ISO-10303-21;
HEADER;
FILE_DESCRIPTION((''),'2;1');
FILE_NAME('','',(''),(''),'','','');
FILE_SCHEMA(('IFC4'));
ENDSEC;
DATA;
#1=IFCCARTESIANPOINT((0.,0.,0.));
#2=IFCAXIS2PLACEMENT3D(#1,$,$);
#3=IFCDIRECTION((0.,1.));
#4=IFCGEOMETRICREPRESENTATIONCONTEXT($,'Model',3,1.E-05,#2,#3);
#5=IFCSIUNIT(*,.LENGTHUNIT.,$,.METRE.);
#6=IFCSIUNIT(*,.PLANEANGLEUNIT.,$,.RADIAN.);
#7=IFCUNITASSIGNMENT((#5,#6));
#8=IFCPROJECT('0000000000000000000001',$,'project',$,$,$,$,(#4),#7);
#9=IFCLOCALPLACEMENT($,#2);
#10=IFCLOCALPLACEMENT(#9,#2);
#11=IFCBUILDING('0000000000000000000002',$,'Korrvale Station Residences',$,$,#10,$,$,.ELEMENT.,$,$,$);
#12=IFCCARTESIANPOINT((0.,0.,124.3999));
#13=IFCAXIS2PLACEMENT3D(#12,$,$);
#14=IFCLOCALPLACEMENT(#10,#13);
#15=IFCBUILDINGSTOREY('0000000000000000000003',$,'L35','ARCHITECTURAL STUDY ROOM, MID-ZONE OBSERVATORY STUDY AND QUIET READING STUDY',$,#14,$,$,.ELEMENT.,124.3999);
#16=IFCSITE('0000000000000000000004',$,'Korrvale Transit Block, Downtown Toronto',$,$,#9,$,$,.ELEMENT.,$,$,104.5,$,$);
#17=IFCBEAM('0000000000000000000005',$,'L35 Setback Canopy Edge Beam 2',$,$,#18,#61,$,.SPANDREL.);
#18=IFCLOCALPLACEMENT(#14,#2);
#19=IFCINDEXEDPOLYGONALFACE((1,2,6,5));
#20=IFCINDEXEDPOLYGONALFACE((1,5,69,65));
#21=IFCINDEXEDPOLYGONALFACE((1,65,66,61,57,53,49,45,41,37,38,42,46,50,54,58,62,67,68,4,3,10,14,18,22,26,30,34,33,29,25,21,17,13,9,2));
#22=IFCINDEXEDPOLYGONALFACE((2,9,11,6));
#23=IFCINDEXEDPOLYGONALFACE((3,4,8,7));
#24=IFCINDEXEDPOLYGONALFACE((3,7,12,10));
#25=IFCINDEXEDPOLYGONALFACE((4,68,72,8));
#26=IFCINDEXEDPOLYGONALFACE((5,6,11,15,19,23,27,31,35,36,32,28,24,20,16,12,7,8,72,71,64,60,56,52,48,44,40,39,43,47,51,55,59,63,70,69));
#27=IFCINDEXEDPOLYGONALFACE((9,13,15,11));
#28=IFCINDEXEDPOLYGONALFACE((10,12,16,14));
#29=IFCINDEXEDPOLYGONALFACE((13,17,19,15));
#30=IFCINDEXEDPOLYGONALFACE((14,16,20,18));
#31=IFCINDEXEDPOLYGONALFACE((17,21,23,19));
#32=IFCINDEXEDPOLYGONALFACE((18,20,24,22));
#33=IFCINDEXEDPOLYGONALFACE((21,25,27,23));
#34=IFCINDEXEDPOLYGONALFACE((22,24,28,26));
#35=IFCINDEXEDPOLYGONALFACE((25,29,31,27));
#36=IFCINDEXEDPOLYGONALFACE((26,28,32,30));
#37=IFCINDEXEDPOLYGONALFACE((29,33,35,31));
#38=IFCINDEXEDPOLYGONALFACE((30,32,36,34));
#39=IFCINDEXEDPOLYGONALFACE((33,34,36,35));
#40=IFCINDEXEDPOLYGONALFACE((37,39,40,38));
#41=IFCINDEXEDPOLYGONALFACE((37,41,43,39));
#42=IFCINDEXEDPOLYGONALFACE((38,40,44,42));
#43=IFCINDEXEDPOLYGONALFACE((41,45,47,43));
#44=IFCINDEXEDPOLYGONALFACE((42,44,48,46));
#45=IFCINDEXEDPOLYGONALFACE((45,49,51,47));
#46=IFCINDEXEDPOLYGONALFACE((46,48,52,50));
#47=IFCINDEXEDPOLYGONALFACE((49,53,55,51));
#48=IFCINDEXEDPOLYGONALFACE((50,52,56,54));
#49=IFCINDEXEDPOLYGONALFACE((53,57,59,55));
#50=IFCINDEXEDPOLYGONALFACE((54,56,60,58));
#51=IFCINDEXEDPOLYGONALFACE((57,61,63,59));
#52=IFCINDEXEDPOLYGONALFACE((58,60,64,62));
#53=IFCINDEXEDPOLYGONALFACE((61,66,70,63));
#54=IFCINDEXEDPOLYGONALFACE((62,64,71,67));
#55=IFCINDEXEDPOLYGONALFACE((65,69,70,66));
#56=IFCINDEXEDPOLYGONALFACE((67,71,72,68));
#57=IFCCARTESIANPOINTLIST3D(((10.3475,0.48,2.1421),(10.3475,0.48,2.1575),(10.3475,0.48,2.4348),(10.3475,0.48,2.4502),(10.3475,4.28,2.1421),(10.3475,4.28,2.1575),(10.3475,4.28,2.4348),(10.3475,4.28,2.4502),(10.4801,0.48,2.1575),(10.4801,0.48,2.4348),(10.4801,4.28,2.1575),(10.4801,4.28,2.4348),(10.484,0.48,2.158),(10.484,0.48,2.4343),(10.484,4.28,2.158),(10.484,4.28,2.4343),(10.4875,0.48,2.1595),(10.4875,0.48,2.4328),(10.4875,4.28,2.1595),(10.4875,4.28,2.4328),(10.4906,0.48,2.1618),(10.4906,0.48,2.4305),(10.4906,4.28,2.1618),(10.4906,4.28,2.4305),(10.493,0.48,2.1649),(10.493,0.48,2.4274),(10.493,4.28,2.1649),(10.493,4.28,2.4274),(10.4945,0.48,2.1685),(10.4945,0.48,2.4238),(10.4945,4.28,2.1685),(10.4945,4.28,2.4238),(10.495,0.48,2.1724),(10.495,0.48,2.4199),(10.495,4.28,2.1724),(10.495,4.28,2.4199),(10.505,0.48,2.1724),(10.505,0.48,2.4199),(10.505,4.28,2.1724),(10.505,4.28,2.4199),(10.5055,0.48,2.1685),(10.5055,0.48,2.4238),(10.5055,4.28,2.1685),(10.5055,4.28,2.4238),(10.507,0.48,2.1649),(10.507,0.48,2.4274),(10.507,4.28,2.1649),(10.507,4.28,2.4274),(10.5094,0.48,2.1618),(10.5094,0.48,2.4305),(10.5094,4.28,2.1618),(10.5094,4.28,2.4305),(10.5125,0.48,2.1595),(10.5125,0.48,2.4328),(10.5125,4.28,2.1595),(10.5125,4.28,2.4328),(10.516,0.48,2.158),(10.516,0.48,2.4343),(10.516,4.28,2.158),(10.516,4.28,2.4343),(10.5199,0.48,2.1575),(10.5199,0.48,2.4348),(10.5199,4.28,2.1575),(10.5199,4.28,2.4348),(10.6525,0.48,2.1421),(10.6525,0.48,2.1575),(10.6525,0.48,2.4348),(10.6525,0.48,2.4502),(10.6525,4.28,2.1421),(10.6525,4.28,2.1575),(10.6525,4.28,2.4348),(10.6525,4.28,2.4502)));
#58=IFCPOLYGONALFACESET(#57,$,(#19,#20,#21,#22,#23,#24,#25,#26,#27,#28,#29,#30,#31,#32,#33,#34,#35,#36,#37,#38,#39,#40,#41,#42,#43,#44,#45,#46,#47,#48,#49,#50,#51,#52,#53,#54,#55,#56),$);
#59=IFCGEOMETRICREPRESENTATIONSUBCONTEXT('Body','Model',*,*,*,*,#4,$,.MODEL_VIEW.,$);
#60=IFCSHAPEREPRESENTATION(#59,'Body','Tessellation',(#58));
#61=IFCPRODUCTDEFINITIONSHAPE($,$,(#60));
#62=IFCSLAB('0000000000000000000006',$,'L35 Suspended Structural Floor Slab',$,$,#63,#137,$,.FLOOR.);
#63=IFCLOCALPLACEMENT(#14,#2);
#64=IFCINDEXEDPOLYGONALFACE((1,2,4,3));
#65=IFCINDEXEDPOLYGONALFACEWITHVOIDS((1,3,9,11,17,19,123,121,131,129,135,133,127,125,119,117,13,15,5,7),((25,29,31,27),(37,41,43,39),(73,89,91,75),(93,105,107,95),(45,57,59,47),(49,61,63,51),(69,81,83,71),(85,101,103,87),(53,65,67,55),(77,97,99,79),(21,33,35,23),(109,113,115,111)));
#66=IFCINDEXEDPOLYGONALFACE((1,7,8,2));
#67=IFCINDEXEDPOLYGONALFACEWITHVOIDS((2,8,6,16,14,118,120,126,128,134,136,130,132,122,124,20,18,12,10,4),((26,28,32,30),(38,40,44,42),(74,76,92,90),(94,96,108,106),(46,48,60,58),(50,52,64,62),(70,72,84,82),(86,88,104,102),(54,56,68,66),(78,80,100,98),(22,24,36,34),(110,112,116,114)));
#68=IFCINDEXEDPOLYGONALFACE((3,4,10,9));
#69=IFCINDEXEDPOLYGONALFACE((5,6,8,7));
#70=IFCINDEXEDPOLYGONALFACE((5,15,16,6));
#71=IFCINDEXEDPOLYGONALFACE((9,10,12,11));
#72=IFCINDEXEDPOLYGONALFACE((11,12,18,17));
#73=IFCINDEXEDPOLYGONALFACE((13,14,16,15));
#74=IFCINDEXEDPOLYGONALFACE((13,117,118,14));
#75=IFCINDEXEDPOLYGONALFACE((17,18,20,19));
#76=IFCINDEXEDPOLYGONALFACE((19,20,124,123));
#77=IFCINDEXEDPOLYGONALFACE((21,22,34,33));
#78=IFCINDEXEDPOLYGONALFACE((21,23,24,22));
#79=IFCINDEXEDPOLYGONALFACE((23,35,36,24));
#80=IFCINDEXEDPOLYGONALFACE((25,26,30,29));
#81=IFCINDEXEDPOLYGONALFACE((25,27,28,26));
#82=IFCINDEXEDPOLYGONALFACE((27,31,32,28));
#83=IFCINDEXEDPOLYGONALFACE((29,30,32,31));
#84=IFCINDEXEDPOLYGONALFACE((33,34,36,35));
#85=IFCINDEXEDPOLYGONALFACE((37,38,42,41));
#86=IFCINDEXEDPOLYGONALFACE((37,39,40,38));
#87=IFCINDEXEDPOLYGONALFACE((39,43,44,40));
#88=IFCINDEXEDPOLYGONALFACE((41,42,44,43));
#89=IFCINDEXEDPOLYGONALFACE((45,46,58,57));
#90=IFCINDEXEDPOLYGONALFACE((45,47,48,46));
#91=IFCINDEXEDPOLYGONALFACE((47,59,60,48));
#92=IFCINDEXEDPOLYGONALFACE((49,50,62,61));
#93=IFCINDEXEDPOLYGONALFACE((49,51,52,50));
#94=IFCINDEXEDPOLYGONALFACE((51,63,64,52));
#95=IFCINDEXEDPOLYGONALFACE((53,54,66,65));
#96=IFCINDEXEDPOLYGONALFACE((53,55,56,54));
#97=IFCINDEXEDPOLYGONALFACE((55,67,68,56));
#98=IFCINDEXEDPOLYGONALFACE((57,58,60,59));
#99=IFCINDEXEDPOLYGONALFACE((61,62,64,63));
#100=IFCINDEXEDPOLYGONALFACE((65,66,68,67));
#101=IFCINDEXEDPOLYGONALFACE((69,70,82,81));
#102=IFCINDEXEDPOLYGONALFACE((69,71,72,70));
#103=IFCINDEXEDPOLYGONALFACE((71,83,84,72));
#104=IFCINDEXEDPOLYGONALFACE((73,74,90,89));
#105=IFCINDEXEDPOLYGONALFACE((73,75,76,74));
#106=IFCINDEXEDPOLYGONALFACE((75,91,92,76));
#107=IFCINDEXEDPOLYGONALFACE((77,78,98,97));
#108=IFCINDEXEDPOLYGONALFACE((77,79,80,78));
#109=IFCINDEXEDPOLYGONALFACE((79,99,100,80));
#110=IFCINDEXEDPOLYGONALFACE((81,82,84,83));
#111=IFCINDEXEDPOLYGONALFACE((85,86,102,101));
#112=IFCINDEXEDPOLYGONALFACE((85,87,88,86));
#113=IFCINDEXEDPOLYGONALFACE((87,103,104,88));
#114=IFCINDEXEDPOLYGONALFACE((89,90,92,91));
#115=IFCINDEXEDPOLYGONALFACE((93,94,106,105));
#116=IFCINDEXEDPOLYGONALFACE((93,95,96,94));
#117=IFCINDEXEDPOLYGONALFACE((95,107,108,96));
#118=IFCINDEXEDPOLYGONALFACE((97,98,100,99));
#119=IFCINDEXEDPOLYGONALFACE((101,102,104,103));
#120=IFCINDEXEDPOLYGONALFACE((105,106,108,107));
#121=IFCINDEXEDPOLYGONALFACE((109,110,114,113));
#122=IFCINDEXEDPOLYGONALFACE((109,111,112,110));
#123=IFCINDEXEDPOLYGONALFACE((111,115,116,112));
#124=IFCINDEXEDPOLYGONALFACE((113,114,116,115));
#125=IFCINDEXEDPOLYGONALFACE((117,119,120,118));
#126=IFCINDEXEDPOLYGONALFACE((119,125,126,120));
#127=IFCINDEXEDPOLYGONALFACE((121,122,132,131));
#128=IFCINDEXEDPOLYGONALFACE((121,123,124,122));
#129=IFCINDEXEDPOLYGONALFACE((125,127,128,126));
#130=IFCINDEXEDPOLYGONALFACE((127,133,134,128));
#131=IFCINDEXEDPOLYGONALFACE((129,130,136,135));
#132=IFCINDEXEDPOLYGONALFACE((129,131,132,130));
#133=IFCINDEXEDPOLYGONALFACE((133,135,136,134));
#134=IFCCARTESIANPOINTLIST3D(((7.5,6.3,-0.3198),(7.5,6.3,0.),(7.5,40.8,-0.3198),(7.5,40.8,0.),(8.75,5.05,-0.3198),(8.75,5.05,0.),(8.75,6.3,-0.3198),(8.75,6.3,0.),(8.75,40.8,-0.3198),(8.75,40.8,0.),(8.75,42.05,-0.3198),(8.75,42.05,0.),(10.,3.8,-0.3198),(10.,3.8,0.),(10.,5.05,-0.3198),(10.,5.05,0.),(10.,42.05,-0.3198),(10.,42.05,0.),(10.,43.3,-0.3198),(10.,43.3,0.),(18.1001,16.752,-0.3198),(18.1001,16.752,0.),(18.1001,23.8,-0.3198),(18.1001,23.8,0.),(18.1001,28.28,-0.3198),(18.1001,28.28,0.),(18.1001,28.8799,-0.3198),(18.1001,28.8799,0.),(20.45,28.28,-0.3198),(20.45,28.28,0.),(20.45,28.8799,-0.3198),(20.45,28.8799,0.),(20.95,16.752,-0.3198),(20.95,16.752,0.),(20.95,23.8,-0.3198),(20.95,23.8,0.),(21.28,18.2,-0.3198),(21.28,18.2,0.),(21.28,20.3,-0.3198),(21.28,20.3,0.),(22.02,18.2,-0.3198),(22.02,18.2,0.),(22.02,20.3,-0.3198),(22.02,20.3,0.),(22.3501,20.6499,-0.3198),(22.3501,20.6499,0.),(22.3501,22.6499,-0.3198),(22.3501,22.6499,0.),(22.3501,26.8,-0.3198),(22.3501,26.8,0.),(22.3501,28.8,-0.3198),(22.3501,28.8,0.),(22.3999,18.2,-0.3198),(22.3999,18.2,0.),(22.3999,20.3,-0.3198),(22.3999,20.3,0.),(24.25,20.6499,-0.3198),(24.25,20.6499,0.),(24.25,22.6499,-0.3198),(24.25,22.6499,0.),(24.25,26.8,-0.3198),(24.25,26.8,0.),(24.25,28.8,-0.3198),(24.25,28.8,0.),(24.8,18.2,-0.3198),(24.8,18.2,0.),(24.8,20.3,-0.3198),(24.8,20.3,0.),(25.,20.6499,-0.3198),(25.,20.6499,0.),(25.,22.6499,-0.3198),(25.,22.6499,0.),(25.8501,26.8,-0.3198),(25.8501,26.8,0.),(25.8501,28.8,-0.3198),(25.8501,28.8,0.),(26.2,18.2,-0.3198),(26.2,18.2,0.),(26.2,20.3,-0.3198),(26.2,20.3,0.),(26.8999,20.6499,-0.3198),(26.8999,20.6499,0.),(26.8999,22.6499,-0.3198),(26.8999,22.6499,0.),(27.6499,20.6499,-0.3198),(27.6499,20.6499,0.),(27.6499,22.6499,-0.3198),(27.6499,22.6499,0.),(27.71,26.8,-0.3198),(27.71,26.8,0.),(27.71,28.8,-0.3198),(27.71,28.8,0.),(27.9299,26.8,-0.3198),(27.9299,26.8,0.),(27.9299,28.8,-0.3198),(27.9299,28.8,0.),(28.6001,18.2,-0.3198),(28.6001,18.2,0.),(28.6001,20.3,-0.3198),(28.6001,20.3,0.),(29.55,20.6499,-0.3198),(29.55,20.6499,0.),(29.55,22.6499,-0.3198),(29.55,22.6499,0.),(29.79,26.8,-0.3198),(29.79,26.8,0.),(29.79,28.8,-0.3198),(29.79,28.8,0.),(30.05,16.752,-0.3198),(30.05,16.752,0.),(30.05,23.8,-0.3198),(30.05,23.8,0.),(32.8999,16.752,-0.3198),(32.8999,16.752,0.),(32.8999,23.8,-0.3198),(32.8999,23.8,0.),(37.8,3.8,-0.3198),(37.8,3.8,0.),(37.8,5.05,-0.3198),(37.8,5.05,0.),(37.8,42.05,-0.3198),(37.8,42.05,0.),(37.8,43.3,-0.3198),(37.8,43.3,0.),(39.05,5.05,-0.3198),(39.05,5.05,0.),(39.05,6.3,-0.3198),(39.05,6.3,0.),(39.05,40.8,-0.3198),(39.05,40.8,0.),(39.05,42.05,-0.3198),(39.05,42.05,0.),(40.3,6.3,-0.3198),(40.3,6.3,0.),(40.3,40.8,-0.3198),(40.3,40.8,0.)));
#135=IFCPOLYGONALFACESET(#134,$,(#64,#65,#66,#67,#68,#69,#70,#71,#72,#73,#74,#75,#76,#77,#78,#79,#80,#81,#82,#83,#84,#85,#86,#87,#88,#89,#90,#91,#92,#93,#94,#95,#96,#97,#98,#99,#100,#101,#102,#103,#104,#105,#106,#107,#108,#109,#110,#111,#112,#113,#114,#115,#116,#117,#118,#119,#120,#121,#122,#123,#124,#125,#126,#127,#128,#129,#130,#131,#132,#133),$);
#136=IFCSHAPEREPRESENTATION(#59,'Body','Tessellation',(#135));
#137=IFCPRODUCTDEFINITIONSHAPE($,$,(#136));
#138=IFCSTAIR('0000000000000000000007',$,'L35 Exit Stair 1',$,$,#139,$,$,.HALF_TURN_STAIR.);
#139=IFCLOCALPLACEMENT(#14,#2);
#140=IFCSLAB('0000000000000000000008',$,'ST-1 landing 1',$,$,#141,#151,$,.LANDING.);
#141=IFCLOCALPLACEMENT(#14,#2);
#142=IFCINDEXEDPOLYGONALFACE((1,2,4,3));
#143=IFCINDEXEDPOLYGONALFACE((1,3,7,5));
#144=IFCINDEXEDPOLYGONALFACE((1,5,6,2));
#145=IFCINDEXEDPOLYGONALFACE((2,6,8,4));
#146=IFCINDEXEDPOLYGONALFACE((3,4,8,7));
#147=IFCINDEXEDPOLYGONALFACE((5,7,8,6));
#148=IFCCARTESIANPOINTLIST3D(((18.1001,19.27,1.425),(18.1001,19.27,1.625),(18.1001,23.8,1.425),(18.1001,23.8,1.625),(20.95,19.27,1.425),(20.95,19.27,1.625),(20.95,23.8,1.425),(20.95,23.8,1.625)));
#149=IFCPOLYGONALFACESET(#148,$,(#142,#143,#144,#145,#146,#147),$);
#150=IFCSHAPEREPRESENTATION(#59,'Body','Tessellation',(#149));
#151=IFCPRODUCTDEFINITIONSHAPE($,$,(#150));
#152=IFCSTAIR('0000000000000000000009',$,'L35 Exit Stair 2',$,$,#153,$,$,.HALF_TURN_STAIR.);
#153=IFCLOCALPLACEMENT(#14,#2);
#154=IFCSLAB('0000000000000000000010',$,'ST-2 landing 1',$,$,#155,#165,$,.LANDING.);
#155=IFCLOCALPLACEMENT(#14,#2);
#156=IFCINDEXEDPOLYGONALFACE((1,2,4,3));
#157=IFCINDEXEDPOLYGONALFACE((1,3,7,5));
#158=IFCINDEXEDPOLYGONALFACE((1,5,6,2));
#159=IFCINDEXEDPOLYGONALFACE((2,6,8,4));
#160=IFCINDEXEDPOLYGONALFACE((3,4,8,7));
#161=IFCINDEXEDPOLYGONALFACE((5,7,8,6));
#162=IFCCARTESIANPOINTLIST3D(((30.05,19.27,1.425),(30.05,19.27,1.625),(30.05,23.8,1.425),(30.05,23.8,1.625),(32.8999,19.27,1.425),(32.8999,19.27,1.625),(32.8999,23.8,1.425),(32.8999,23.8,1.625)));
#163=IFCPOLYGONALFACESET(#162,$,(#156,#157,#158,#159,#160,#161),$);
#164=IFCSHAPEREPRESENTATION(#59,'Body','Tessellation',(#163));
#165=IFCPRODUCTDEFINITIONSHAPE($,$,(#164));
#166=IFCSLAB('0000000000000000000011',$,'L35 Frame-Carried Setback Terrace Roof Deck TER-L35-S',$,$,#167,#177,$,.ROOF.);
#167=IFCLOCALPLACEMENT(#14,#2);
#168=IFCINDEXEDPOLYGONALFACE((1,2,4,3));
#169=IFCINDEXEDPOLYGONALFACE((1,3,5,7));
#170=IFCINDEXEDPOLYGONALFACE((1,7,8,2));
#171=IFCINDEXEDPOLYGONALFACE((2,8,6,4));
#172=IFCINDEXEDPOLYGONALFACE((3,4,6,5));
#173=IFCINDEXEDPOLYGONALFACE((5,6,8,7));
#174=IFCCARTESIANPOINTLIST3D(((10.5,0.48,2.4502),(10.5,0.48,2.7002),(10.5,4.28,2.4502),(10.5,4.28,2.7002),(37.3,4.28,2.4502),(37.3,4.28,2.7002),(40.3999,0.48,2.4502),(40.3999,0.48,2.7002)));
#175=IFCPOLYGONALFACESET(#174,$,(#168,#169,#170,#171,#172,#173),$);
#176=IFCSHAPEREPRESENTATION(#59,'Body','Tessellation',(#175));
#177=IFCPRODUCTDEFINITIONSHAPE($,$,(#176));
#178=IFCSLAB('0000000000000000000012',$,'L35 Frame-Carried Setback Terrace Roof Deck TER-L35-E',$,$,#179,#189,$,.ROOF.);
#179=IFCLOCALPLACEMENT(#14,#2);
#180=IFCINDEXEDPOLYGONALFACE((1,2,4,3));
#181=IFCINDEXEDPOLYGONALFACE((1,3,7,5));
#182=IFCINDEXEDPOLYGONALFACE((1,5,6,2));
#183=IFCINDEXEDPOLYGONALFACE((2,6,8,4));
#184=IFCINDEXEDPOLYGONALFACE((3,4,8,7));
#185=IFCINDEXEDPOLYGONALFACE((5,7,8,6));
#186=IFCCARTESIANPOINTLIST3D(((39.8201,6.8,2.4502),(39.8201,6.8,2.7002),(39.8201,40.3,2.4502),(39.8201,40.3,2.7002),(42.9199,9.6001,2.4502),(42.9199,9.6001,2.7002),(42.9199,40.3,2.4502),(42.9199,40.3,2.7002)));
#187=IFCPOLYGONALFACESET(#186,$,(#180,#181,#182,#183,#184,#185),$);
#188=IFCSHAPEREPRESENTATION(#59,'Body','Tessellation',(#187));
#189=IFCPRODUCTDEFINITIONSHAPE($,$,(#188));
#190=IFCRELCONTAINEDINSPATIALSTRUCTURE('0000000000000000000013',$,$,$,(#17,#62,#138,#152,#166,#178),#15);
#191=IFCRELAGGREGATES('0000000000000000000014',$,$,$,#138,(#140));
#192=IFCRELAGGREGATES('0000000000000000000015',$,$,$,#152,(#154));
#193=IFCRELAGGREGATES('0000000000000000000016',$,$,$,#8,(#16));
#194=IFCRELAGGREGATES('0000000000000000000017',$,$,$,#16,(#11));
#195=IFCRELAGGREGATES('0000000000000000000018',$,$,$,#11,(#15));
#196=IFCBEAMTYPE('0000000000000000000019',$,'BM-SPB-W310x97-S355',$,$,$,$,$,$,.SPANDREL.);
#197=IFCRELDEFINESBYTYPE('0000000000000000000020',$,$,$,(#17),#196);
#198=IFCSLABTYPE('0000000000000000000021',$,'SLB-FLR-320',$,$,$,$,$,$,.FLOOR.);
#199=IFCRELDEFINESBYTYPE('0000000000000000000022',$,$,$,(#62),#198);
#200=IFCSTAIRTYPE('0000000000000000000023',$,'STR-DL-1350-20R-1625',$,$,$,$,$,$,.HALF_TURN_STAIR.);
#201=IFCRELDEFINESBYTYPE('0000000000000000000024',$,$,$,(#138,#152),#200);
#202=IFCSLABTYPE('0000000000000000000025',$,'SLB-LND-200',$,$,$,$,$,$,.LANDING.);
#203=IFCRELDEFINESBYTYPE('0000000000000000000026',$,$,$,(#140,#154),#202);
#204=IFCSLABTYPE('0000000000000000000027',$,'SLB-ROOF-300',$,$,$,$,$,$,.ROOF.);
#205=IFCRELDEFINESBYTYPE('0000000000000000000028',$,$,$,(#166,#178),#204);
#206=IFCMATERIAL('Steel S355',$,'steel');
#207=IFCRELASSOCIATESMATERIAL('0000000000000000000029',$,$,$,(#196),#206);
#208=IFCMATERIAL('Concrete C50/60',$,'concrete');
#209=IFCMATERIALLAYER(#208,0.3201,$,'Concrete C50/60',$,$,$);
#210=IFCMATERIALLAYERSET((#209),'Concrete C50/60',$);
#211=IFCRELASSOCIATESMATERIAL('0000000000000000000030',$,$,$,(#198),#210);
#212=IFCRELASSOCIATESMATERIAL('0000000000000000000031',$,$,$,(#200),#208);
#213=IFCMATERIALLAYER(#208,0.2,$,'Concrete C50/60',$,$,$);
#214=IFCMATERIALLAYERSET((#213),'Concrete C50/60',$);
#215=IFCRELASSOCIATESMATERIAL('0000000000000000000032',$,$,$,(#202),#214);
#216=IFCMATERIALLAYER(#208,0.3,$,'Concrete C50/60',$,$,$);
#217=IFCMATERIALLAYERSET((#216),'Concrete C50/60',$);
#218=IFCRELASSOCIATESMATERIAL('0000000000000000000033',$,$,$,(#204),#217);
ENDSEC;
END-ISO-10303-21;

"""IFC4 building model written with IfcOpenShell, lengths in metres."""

from ifc_helpers import new_model, si_unit, direction, frame, origin, origin_2d, place, context, subcontext, project, spatial, polyline, i_section, outline, extrude, material, layer, layer_set, material_profile, profile_set, type_object, element, aggregate, save


model = new_model("IFC4")

# Units and contexts
model_context = context("Model", 3, precision=1e-05, world=origin(), true_north=direction((0.0, 1.0)))
body_context = subcontext(model_context, "Body", "Model", "MODEL_VIEW")
ifc_project = project(units=[si_unit("LENGTHUNIT", "METRE"), si_unit("PLANEANGLEUNIT", "RADIAN")], contexts=[model_context])

# Site, building, storey
site_placement = place(None, origin())
site = spatial("IfcSite", under=ifc_project, at=site_placement, Name="Korrvale Transit Block, Downtown Toronto", CompositionType="ELEMENT", RefElevation=104.5)
building_placement = place(site_placement, origin())
building = spatial("IfcBuilding", under=site, at=building_placement, Name="Korrvale Station Residences", CompositionType="ELEMENT")
storey_placement = place(building_placement, frame((0.0, 0.0, 124.3999)))
storey = spatial("IfcBuildingStorey", under=building, at=storey_placement, Name="L35", Description="ARCHITECTURAL STUDY ROOM, MID-ZONE OBSERVATORY STUDY AND QUIET READING STUDY", CompositionType="ELEMENT", Elevation=124.3999)

# Shared definitions
ifc_material_1 = material(Name="Steel S355", Category="steel")

# Beam
ifc_material_profile_1 = material_profile(ifc_material_1, i_section(OverallWidth=0.3049, OverallDepth=0.3081, WebThickness=0.01, FlangeThickness=0.0154, FilletRadius=0.0149, at=origin_2d()), Name="W310x97")
ifc_profile_set_1 = profile_set([ifc_material_profile_1], Name="Steel S355")
beam_type_1 = type_object("IfcBeamType", Name="BM-SPB-W310x97-S355", PredefinedType="SPANDREL", material=ifc_profile_set_1)
beam_1_placement = place(storey_placement, frame((10.5, 0.48, 2.2961), z_axis=(0.0, 1.0, 0.0), x_axis=(-1.0, 0.0, 0.0)))
element("IfcBeam", 1, at=beam_1_placement, inside=storey, type_object=beam_type_1, Name="L35 Setback Canopy Edge Beam 2", PredefinedType="SPANDREL", context=body_context, shape_type="SweptSolid", body=[
    extrude(i_section(OverallWidth=0.3049, OverallDepth=0.3081, WebThickness=0.01, FlangeThickness=0.0154, FilletRadius=0.0149, at=origin_2d()), origin(), (0.0, 0.0, 1.0), 3.8),
])

# Slab
ifc_material_2 = material(Name="Concrete C50/60", Category="concrete")
ifc_layer_1 = layer(ifc_material_2, 0.3201, Name="Concrete C50/60")
ifc_layer_set_1 = layer_set([ifc_layer_1], Name="Concrete C50/60")
slab_type_1 = type_object("IfcSlabType", Name="SLB-FLR-320", PredefinedType="FLOOR", material=ifc_layer_set_1)
slab_1_placement = place(storey_placement, frame((0.0, 0.0, -0.3198)))
element("IfcSlab", 2, at=slab_1_placement, inside=storey, type_object=slab_type_1, Name="L35 Suspended Structural Floor Slab", PredefinedType="FLOOR", context=body_context, shape_type="SweptSolid", body=[
    extrude(outline(polyline([(10.0, 3.8), (37.8, 3.8), (37.8, 5.05), (39.05, 5.05), (39.05, 6.3), (40.3, 6.3), (40.3, 40.8), (39.05, 40.8), (39.05, 42.05), (37.8, 42.05), (37.8, 43.3), (10.0, 43.3), (10.0, 42.05), (8.75, 42.05), (8.75, 40.8), (7.5, 40.8), (7.5, 6.3), (8.75, 6.3), (8.75, 5.05), (10.0, 5.05), (10.0, 3.8)]), holes=[polyline([(20.95, 16.752), (20.95, 23.8), (18.1001, 23.8), (18.1001, 16.752), (20.95, 16.752)]), polyline([(32.8999, 16.752), (32.8999, 23.8), (30.05, 23.8), (30.05, 16.752), (32.8999, 16.752)]), polyline([(22.3501, 26.8), (24.25, 26.8), (24.25, 28.8), (22.3501, 28.8), (22.3501, 26.8)]), polyline([(25.8501, 26.8), (27.71, 26.8), (27.71, 28.8), (25.8501, 28.8), (25.8501, 26.8)]), polyline([(27.9299, 26.8), (29.79, 26.8), (29.79, 28.8), (27.9299, 28.8), (27.9299, 26.8)]), polyline([(22.3501, 20.6499), (24.25, 20.6499), (24.25, 22.6499), (22.3501, 22.6499), (22.3501, 20.6499)]), polyline([(25.0, 20.6499), (26.8999, 20.6499), (26.8999, 22.6499), (25.0, 22.6499), (25.0, 20.6499)]), polyline([(27.6499, 20.6499), (29.55, 20.6499), (29.55, 22.6499), (27.6499, 22.6499), (27.6499, 20.6499)]), polyline([(22.3999, 18.2), (24.8, 18.2), (24.8, 20.3), (22.3999, 20.3), (22.3999, 18.2)]), polyline([(26.2, 18.2), (28.6001, 18.2), (28.6001, 20.3), (26.2, 20.3), (26.2, 18.2)]), polyline([(18.1001, 28.28), (20.45, 28.28), (20.45, 28.8799), (18.1001, 28.8799), (18.1001, 28.28)]), polyline([(21.28, 18.2), (22.02, 18.2), (22.02, 20.3), (21.28, 20.3), (21.28, 18.2)])]), origin(), (0.0, 0.0, 1.0), 0.3198),
])

# Stairs, slabs
stair_type = type_object("IfcStairType", Name="STR-DL-1350-20R-1625", PredefinedType="HALF_TURN_STAIR", material=ifc_material_2)
stair_1_placement = place(storey_placement, origin())
stair_1 = element("IfcStair", 3, at=stair_1_placement, inside=storey, type_object=stair_type, Name="L35 Exit Stair 1", PredefinedType="HALF_TURN_STAIR")
ifc_layer_2 = layer(ifc_material_2, 0.2, Name="Concrete C50/60")
ifc_layer_set_2 = layer_set([ifc_layer_2], Name="Concrete C50/60")
slab_type_2 = type_object("IfcSlabType", Name="SLB-LND-200", PredefinedType="LANDING", material=ifc_layer_set_2)
slab_2_placement = place(storey_placement, frame((0.0, 0.0, 1.425)))
slab_2 = element("IfcSlab", 4, at=slab_2_placement, type_object=slab_type_2, Name="ST-1 landing 1", PredefinedType="LANDING", context=body_context, shape_type="SweptSolid", body=[
    extrude(outline(polyline([(20.95, 19.27), (20.95, 23.8), (18.1001, 23.8), (18.1001, 19.27), (20.95, 19.27)])), origin(), (0.0, 0.0, 1.0), 0.2),
])
aggregate(stair_1, [slab_2])
stair_2_placement = place(storey_placement, origin())
stair_2 = element("IfcStair", 5, at=stair_2_placement, inside=storey, type_object=stair_type, Name="L35 Exit Stair 2", PredefinedType="HALF_TURN_STAIR")
slab_3_placement = place(storey_placement, frame((0.0, 0.0, 1.425)))
slab_3 = element("IfcSlab", 6, at=slab_3_placement, type_object=slab_type_2, Name="ST-2 landing 1", PredefinedType="LANDING", context=body_context, shape_type="SweptSolid", body=[
    extrude(outline(polyline([(32.8999, 19.27), (32.8999, 23.8), (30.05, 23.8), (30.05, 19.27), (32.8999, 19.27)])), origin(), (0.0, 0.0, 1.0), 0.2),
])
aggregate(stair_2, [slab_3])

# Slabs
ifc_layer_3 = layer(ifc_material_2, 0.3, Name="Concrete C50/60")
ifc_layer_set_3 = layer_set([ifc_layer_3], Name="Concrete C50/60")
slab_type_3 = type_object("IfcSlabType", Name="SLB-ROOF-300", PredefinedType="ROOF", material=ifc_layer_set_3)
slab_4_placement = place(storey_placement, frame((0.0, 0.0, 2.4502)))
element("IfcSlab", 7, at=slab_4_placement, inside=storey, type_object=slab_type_3, Name="L35 Frame-Carried Setback Terrace Roof Deck TER-L35-S", PredefinedType="ROOF", context=body_context, shape_type="SweptSolid", body=[
    extrude(outline(polyline([(10.5, 0.48), (40.3999, 0.48), (37.3, 4.28), (10.5, 4.28), (10.5, 0.48)])), origin(), (0.0, 0.0, 1.0), 0.25),
])
slab_5_placement = place(storey_placement, frame((0.0, 0.0, 2.4502)))
element("IfcSlab", 8, at=slab_5_placement, inside=storey, type_object=slab_type_3, Name="L35 Frame-Carried Setback Terrace Roof Deck TER-L35-E", PredefinedType="ROOF", context=body_context, shape_type="SweptSolid", body=[
    extrude(outline(polyline([(42.9199, 9.6001), (42.9199, 40.3), (39.8201, 40.3), (39.8201, 6.8), (42.9199, 9.6001)])), origin(), (0.0, 0.0, 1.0), 0.25),
])

save(model, "model.ifc")
